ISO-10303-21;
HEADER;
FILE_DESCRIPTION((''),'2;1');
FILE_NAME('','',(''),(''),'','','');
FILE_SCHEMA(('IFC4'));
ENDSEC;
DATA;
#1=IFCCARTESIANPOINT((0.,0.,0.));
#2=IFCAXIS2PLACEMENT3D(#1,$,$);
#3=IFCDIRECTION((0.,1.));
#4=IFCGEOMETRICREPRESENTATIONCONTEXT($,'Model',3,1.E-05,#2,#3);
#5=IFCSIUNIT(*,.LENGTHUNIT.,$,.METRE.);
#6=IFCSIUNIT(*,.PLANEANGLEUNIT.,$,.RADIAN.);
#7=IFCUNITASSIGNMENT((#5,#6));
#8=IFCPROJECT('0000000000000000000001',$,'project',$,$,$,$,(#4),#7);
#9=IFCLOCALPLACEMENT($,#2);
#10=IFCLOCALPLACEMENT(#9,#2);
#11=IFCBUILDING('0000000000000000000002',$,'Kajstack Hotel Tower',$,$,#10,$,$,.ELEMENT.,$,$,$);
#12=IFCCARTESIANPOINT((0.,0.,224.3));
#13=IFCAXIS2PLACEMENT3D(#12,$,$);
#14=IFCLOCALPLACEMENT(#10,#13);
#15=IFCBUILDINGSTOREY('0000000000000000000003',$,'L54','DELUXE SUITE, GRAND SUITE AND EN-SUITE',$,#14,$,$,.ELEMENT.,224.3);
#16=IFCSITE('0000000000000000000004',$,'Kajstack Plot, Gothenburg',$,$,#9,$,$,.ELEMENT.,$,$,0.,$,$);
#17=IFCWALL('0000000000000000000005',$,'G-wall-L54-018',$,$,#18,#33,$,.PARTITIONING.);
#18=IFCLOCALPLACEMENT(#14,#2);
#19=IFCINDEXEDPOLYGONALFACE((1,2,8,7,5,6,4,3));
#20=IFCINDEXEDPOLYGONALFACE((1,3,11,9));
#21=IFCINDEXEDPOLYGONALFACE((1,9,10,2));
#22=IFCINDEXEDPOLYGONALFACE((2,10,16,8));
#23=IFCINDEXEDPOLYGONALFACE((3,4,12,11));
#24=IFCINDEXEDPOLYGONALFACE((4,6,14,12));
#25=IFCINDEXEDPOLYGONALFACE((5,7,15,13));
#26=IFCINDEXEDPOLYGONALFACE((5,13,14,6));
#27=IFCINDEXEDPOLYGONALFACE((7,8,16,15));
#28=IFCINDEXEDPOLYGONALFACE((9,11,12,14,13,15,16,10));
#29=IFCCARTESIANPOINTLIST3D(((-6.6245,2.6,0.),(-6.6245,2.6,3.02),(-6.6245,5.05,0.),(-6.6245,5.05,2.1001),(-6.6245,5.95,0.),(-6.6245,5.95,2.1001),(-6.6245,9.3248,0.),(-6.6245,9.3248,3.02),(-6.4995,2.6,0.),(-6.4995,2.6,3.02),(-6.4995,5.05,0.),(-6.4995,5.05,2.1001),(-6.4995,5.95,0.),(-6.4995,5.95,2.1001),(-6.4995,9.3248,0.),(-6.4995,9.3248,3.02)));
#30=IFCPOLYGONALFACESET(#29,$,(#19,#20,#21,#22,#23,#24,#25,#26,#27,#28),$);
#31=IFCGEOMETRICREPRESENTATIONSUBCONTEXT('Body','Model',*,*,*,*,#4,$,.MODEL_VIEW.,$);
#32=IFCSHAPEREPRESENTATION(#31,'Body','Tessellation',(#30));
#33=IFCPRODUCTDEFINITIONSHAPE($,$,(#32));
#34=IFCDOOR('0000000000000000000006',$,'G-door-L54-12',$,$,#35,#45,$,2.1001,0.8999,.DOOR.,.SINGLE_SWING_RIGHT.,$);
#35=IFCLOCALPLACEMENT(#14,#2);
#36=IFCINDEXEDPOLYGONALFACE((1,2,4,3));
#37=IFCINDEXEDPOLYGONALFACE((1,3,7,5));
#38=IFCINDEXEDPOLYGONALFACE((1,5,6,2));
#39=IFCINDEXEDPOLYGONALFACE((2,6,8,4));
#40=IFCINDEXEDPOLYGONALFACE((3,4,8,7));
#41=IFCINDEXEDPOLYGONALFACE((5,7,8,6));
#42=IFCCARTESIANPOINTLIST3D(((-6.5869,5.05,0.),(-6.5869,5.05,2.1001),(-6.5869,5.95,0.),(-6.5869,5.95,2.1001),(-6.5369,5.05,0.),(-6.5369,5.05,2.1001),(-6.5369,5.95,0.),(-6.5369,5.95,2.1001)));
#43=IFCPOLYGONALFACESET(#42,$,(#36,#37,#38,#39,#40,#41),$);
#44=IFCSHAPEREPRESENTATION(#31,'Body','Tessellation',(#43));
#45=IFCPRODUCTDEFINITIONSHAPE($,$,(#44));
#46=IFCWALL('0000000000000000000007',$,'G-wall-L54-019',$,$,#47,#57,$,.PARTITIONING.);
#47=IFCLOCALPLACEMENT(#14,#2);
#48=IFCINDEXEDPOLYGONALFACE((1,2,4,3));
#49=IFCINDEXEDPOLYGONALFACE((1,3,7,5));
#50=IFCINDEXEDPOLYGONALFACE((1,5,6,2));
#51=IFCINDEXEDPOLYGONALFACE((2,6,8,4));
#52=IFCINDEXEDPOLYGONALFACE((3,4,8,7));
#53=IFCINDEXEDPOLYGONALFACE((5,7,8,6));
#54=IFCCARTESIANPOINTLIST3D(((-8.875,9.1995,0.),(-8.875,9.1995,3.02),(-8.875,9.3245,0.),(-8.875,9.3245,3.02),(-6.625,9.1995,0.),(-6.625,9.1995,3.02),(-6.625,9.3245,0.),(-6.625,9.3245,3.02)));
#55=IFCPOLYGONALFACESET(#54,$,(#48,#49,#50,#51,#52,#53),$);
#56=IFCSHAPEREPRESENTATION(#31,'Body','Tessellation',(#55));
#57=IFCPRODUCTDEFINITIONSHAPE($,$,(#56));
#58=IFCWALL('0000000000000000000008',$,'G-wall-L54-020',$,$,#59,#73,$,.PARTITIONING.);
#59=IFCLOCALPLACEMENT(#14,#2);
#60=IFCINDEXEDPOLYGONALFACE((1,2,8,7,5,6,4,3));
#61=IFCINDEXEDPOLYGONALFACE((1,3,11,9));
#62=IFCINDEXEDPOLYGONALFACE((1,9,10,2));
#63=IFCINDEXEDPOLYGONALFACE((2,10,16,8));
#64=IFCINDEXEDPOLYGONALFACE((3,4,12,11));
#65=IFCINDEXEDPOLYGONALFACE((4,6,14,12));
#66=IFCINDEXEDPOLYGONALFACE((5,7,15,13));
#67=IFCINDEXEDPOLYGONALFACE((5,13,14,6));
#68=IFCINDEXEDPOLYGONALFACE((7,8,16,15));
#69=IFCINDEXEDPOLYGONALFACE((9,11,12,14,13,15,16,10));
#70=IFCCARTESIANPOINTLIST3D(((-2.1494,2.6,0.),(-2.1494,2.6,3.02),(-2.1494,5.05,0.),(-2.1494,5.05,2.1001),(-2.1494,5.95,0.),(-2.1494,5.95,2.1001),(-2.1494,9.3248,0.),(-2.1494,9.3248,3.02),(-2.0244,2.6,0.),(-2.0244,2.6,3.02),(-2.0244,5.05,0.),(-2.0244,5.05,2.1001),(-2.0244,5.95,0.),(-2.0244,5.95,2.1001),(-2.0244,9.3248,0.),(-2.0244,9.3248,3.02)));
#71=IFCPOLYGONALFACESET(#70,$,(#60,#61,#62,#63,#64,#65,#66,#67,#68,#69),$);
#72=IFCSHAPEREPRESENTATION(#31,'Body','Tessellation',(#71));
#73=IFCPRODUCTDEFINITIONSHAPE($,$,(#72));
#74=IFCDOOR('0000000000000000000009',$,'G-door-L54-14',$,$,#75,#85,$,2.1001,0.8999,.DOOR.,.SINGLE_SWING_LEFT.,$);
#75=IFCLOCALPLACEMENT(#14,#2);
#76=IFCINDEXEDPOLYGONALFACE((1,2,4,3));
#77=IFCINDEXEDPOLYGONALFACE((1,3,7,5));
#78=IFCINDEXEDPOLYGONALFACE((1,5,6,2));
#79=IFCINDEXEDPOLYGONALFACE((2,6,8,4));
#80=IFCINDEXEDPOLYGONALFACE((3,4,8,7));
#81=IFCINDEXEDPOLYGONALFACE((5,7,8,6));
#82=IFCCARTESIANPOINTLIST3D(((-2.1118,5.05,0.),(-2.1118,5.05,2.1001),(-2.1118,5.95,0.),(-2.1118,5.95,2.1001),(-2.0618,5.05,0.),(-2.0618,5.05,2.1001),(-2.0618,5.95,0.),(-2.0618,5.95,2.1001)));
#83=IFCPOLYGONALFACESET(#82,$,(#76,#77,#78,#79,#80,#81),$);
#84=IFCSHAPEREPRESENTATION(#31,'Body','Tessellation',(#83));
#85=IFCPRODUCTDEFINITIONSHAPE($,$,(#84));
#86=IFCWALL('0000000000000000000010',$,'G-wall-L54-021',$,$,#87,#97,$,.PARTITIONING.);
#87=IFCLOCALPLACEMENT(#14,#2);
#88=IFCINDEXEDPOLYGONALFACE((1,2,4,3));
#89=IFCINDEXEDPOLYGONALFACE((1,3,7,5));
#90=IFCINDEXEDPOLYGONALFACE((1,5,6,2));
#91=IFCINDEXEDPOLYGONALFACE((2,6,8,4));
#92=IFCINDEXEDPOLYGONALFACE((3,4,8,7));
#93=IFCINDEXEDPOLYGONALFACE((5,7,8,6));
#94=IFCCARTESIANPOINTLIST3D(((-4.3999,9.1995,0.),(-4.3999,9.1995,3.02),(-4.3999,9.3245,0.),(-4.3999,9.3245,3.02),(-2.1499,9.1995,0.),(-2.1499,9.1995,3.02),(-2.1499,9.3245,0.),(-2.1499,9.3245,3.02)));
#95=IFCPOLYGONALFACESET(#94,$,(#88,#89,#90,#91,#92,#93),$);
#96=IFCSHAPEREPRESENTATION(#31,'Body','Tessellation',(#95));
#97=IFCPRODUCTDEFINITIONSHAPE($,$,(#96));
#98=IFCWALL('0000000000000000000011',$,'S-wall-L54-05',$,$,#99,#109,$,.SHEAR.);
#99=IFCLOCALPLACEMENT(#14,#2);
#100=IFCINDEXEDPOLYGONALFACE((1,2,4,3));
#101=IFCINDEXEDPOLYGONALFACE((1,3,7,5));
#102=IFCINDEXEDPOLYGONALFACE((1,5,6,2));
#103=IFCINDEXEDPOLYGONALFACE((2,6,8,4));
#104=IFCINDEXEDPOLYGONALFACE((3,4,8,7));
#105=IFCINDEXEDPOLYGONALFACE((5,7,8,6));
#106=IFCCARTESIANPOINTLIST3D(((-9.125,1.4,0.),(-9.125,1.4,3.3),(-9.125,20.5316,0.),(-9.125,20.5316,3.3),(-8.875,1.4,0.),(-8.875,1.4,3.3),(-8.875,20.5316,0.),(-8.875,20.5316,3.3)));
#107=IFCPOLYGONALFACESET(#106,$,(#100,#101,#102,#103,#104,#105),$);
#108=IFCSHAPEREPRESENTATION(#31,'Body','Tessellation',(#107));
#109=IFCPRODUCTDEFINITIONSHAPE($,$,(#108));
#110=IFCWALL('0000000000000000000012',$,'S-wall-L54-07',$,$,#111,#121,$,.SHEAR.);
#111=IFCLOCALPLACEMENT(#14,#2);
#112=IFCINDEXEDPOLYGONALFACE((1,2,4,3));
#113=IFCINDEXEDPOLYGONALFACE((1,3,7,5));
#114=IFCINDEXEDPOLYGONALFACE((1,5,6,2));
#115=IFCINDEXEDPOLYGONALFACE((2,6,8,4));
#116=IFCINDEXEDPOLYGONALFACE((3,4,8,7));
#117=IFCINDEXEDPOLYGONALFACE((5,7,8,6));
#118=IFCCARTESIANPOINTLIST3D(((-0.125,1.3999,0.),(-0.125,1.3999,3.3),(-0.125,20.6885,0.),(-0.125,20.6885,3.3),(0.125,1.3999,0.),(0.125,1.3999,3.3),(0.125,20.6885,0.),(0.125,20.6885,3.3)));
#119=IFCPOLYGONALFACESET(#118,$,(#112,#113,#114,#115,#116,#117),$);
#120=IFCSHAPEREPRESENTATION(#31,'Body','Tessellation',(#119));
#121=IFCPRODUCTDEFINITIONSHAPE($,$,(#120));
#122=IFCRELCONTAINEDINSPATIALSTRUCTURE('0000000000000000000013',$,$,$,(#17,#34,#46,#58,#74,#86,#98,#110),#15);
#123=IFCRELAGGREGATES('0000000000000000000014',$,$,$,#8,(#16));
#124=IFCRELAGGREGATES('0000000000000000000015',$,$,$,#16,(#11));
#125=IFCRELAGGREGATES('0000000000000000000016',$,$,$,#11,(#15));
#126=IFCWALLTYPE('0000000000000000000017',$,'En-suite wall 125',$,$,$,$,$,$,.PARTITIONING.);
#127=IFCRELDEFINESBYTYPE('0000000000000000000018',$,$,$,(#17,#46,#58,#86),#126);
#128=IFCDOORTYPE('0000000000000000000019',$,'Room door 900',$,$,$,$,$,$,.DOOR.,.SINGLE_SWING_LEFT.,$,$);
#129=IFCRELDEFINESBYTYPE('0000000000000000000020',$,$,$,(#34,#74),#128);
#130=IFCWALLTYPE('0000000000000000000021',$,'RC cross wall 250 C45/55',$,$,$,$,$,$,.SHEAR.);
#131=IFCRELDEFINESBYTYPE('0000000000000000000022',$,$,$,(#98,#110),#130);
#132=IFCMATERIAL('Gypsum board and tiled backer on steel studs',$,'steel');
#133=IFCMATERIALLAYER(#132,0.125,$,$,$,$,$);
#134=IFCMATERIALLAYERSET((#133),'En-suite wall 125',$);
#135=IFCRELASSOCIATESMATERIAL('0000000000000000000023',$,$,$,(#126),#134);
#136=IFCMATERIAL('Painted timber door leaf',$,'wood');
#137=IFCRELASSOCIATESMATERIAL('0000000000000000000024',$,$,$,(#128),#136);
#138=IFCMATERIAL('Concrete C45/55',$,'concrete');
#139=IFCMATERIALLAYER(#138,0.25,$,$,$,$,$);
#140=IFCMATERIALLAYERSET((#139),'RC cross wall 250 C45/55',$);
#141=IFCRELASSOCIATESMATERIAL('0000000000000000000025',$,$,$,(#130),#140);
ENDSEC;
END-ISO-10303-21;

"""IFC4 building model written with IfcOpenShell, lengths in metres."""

from ifc_helpers import new_model, si_unit, direction, frame, frame_2d, origin, place, context, subcontext, project, spatial, rectangle, extrude, material, layer, layer_set, type_object, element, fill, save


model = new_model("IFC4")

# Units and contexts
model_context = context("Model", 3, precision=1e-05, world=origin(), true_north=direction((0.0, 1.0)))
body_context = subcontext(model_context, "Body", "Model", "MODEL_VIEW")
ifc_project = project(units=[si_unit("LENGTHUNIT", "METRE"), si_unit("PLANEANGLEUNIT", "RADIAN")], contexts=[model_context])

# Site, building, storey
site_placement = place(None, origin())
site = spatial("IfcSite", under=ifc_project, at=site_placement, Name="Kajstack Plot, Gothenburg", CompositionType="ELEMENT", RefElevation=0.0)
building_placement = place(site_placement, origin())
building = spatial("IfcBuilding", under=site, at=building_placement, Name="Kajstack Hotel Tower", CompositionType="ELEMENT")
storey_placement = place(building_placement, frame((0.0, 0.0, 224.3)))
storey = spatial("IfcBuildingStorey", under=building, at=storey_placement, Name="L54", Description="DELUXE SUITE, GRAND SUITE AND EN-SUITE", CompositionType="ELEMENT", Elevation=224.3)

# Wall, opening, door
ifc_material_1 = material(Name="Gypsum board and tiled backer on steel studs", Category="steel")
ifc_layer_1 = layer(ifc_material_1, 0.125)
ifc_layer_set_1 = layer_set([ifc_layer_1], Name="En-suite wall 125")
wall_type_1 = type_object("IfcWallType", Name="En-suite wall 125", PredefinedType="PARTITIONING", material=ifc_layer_set_1)
ifc_material_2 = material(Name="Painted timber door leaf", Category="wood")
door_type = type_object("IfcDoorType", Name="Room door 900", OperationType="SINGLE_SWING_LEFT", PredefinedType="DOOR", material=ifc_material_2)
wall_1_placement = place(storey_placement, frame((-6.562, 2.6001, 0.0), z_axis=(0.0, 0.0, 1.0), x_axis=(0.0, 1.0, 0.0)))
wall_1 = element("IfcWall", 1, at=wall_1_placement, inside=storey, type_object=wall_type_1, Name="G-wall-L54-018", PredefinedType="PARTITIONING", context=body_context, shape_type="SweptSolid", body=[
    extrude(rectangle(XDim=6.7249, YDim=0.125, at=frame_2d((3.3623, 0.0))), origin(), (0.0, 0.0, 1.0), 3.02),
])
opening_1_placement = place(wall_1_placement, frame((2.45, 0.0, 0.0)))
opening_1 = element("IfcOpeningElement", 2, at=opening_1_placement, cuts=wall_1, PredefinedType="OPENING", context=body_context, shape_type="SweptSolid", body=[
    extrude(rectangle(XDim=0.8999, YDim=2.1001, at=frame_2d((0.45, 1.05))), frame((0.0, 0.0725, 0.0), z_axis=(0.0, -1.0, 0.0), x_axis=(1.0, 0.0, 0.0)), (0.0, 0.0, 1.0), 0.145),
])
door_1_placement = place(opening_1_placement, origin())
door_1 = element("IfcDoor", 3, at=door_1_placement, inside=storey, type_object=door_type, Name="G-door-L54-12", OperationType="SINGLE_SWING_RIGHT", OverallHeight=2.1001, OverallWidth=0.8999, PredefinedType="DOOR", context=body_context, shape_type="SweptSolid", body=[
    extrude(rectangle(XDim=0.8999, YDim=2.1001, at=frame_2d((0.45, 1.05))), frame((0.0, 0.0249, 0.0), z_axis=(0.0, -1.0, 0.0), x_axis=(1.0, 0.0, 0.0)), (0.0, 0.0, 1.0), 0.05),
])
fill(opening_1, door_1)

# Wall
wall_2_placement = place(storey_placement, frame((-8.875, 9.262, 0.0), z_axis=(0.0, 0.0, 1.0), x_axis=(1.0, 0.0, 0.0)))
element("IfcWall", 4, at=wall_2_placement, inside=storey, type_object=wall_type_1, Name="G-wall-L54-019", PredefinedType="PARTITIONING", context=body_context, shape_type="SweptSolid", body=[
    extrude(rectangle(XDim=2.25, YDim=0.125, at=frame_2d((1.125, 0.0))), origin(), (0.0, 0.0, 1.0), 3.02),
])

# Wall, opening, door
wall_3_placement = place(storey_placement, frame((-2.0869, 2.6001, 0.0), z_axis=(0.0, 0.0, 1.0), x_axis=(0.0, 1.0, 0.0)))
wall_3 = element("IfcWall", 5, at=wall_3_placement, inside=storey, type_object=wall_type_1, Name="G-wall-L54-020", PredefinedType="PARTITIONING", context=body_context, shape_type="SweptSolid", body=[
    extrude(rectangle(XDim=6.7249, YDim=0.125, at=frame_2d((3.3623, 0.0))), origin(), (0.0, 0.0, 1.0), 3.02),
])
opening_2_placement = place(wall_3_placement, frame((2.45, 0.0, 0.0)))
opening_2 = element("IfcOpeningElement", 6, at=opening_2_placement, cuts=wall_3, PredefinedType="OPENING", context=body_context, shape_type="SweptSolid", body=[
    extrude(rectangle(XDim=0.8999, YDim=2.1001, at=frame_2d((0.45, 1.05))), frame((0.0, 0.0725, 0.0), z_axis=(0.0, -1.0, 0.0), x_axis=(1.0, 0.0, 0.0)), (0.0, 0.0, 1.0), 0.145),
])
door_2_placement = place(opening_2_placement, origin())
door_2 = element("IfcDoor", 7, at=door_2_placement, inside=storey, type_object=door_type, Name="G-door-L54-14", OperationType="SINGLE_SWING_LEFT", OverallHeight=2.1001, OverallWidth=0.8999, PredefinedType="DOOR", context=body_context, shape_type="SweptSolid", body=[
    extrude(rectangle(XDim=0.8999, YDim=2.1001, at=frame_2d((0.45, 1.05))), frame((0.0, 0.0249, 0.0), z_axis=(0.0, -1.0, 0.0), x_axis=(1.0, 0.0, 0.0)), (0.0, 0.0, 1.0), 0.05),
])
fill(opening_2, door_2)

# Walls
wall_4_placement = place(storey_placement, frame((-4.3999, 9.262, 0.0), z_axis=(0.0, 0.0, 1.0), x_axis=(1.0, 0.0, 0.0)))
element("IfcWall", 8, at=wall_4_placement, inside=storey, type_object=wall_type_1, Name="G-wall-L54-021", PredefinedType="PARTITIONING", context=body_context, shape_type="SweptSolid", body=[
    extrude(rectangle(XDim=2.25, YDim=0.125, at=frame_2d((1.125, 0.0))), origin(), (0.0, 0.0, 1.0), 3.02),
])
ifc_material_3 = material(Name="Concrete C45/55", Category="concrete")
ifc_layer_2 = layer(ifc_material_3, 0.25)
ifc_layer_set_2 = layer_set([ifc_layer_2], Name="RC cross wall 250 C45/55")
wall_type_2 = type_object("IfcWallType", Name="RC cross wall 250 C45/55", PredefinedType="SHEAR", material=ifc_layer_set_2)
wall_5_placement = place(storey_placement, frame((-9.0, 1.3999, 0.0), z_axis=(0.0, 0.0, 1.0), x_axis=(0.0, 1.0, 0.0)))
element("IfcWall", 9, at=wall_5_placement, inside=storey, type_object=wall_type_2, Name="S-wall-L54-05", PredefinedType="SHEAR", context=body_context, shape_type="SweptSolid", body=[
    extrude(rectangle(XDim=19.1316, YDim=0.25, at=frame_2d((9.5659, 0.0))), origin(), (0.0, 0.0, 1.0), 3.3),
])
wall_6_placement = place(storey_placement, frame((0.0, 1.3999, 0.0), z_axis=(0.0, 0.0, 1.0), x_axis=(0.0, 1.0, 0.0)))
element("IfcWall", 10, at=wall_6_placement, inside=storey, type_object=wall_type_2, Name="S-wall-L54-07", PredefinedType="SHEAR", context=body_context, shape_type="SweptSolid", body=[
    extrude(rectangle(XDim=19.2886, YDim=0.25, at=frame_2d((9.6443, 0.0))), origin(), (0.0, 0.0, 1.0), 3.3),
])

save(model, "model.ifc")
